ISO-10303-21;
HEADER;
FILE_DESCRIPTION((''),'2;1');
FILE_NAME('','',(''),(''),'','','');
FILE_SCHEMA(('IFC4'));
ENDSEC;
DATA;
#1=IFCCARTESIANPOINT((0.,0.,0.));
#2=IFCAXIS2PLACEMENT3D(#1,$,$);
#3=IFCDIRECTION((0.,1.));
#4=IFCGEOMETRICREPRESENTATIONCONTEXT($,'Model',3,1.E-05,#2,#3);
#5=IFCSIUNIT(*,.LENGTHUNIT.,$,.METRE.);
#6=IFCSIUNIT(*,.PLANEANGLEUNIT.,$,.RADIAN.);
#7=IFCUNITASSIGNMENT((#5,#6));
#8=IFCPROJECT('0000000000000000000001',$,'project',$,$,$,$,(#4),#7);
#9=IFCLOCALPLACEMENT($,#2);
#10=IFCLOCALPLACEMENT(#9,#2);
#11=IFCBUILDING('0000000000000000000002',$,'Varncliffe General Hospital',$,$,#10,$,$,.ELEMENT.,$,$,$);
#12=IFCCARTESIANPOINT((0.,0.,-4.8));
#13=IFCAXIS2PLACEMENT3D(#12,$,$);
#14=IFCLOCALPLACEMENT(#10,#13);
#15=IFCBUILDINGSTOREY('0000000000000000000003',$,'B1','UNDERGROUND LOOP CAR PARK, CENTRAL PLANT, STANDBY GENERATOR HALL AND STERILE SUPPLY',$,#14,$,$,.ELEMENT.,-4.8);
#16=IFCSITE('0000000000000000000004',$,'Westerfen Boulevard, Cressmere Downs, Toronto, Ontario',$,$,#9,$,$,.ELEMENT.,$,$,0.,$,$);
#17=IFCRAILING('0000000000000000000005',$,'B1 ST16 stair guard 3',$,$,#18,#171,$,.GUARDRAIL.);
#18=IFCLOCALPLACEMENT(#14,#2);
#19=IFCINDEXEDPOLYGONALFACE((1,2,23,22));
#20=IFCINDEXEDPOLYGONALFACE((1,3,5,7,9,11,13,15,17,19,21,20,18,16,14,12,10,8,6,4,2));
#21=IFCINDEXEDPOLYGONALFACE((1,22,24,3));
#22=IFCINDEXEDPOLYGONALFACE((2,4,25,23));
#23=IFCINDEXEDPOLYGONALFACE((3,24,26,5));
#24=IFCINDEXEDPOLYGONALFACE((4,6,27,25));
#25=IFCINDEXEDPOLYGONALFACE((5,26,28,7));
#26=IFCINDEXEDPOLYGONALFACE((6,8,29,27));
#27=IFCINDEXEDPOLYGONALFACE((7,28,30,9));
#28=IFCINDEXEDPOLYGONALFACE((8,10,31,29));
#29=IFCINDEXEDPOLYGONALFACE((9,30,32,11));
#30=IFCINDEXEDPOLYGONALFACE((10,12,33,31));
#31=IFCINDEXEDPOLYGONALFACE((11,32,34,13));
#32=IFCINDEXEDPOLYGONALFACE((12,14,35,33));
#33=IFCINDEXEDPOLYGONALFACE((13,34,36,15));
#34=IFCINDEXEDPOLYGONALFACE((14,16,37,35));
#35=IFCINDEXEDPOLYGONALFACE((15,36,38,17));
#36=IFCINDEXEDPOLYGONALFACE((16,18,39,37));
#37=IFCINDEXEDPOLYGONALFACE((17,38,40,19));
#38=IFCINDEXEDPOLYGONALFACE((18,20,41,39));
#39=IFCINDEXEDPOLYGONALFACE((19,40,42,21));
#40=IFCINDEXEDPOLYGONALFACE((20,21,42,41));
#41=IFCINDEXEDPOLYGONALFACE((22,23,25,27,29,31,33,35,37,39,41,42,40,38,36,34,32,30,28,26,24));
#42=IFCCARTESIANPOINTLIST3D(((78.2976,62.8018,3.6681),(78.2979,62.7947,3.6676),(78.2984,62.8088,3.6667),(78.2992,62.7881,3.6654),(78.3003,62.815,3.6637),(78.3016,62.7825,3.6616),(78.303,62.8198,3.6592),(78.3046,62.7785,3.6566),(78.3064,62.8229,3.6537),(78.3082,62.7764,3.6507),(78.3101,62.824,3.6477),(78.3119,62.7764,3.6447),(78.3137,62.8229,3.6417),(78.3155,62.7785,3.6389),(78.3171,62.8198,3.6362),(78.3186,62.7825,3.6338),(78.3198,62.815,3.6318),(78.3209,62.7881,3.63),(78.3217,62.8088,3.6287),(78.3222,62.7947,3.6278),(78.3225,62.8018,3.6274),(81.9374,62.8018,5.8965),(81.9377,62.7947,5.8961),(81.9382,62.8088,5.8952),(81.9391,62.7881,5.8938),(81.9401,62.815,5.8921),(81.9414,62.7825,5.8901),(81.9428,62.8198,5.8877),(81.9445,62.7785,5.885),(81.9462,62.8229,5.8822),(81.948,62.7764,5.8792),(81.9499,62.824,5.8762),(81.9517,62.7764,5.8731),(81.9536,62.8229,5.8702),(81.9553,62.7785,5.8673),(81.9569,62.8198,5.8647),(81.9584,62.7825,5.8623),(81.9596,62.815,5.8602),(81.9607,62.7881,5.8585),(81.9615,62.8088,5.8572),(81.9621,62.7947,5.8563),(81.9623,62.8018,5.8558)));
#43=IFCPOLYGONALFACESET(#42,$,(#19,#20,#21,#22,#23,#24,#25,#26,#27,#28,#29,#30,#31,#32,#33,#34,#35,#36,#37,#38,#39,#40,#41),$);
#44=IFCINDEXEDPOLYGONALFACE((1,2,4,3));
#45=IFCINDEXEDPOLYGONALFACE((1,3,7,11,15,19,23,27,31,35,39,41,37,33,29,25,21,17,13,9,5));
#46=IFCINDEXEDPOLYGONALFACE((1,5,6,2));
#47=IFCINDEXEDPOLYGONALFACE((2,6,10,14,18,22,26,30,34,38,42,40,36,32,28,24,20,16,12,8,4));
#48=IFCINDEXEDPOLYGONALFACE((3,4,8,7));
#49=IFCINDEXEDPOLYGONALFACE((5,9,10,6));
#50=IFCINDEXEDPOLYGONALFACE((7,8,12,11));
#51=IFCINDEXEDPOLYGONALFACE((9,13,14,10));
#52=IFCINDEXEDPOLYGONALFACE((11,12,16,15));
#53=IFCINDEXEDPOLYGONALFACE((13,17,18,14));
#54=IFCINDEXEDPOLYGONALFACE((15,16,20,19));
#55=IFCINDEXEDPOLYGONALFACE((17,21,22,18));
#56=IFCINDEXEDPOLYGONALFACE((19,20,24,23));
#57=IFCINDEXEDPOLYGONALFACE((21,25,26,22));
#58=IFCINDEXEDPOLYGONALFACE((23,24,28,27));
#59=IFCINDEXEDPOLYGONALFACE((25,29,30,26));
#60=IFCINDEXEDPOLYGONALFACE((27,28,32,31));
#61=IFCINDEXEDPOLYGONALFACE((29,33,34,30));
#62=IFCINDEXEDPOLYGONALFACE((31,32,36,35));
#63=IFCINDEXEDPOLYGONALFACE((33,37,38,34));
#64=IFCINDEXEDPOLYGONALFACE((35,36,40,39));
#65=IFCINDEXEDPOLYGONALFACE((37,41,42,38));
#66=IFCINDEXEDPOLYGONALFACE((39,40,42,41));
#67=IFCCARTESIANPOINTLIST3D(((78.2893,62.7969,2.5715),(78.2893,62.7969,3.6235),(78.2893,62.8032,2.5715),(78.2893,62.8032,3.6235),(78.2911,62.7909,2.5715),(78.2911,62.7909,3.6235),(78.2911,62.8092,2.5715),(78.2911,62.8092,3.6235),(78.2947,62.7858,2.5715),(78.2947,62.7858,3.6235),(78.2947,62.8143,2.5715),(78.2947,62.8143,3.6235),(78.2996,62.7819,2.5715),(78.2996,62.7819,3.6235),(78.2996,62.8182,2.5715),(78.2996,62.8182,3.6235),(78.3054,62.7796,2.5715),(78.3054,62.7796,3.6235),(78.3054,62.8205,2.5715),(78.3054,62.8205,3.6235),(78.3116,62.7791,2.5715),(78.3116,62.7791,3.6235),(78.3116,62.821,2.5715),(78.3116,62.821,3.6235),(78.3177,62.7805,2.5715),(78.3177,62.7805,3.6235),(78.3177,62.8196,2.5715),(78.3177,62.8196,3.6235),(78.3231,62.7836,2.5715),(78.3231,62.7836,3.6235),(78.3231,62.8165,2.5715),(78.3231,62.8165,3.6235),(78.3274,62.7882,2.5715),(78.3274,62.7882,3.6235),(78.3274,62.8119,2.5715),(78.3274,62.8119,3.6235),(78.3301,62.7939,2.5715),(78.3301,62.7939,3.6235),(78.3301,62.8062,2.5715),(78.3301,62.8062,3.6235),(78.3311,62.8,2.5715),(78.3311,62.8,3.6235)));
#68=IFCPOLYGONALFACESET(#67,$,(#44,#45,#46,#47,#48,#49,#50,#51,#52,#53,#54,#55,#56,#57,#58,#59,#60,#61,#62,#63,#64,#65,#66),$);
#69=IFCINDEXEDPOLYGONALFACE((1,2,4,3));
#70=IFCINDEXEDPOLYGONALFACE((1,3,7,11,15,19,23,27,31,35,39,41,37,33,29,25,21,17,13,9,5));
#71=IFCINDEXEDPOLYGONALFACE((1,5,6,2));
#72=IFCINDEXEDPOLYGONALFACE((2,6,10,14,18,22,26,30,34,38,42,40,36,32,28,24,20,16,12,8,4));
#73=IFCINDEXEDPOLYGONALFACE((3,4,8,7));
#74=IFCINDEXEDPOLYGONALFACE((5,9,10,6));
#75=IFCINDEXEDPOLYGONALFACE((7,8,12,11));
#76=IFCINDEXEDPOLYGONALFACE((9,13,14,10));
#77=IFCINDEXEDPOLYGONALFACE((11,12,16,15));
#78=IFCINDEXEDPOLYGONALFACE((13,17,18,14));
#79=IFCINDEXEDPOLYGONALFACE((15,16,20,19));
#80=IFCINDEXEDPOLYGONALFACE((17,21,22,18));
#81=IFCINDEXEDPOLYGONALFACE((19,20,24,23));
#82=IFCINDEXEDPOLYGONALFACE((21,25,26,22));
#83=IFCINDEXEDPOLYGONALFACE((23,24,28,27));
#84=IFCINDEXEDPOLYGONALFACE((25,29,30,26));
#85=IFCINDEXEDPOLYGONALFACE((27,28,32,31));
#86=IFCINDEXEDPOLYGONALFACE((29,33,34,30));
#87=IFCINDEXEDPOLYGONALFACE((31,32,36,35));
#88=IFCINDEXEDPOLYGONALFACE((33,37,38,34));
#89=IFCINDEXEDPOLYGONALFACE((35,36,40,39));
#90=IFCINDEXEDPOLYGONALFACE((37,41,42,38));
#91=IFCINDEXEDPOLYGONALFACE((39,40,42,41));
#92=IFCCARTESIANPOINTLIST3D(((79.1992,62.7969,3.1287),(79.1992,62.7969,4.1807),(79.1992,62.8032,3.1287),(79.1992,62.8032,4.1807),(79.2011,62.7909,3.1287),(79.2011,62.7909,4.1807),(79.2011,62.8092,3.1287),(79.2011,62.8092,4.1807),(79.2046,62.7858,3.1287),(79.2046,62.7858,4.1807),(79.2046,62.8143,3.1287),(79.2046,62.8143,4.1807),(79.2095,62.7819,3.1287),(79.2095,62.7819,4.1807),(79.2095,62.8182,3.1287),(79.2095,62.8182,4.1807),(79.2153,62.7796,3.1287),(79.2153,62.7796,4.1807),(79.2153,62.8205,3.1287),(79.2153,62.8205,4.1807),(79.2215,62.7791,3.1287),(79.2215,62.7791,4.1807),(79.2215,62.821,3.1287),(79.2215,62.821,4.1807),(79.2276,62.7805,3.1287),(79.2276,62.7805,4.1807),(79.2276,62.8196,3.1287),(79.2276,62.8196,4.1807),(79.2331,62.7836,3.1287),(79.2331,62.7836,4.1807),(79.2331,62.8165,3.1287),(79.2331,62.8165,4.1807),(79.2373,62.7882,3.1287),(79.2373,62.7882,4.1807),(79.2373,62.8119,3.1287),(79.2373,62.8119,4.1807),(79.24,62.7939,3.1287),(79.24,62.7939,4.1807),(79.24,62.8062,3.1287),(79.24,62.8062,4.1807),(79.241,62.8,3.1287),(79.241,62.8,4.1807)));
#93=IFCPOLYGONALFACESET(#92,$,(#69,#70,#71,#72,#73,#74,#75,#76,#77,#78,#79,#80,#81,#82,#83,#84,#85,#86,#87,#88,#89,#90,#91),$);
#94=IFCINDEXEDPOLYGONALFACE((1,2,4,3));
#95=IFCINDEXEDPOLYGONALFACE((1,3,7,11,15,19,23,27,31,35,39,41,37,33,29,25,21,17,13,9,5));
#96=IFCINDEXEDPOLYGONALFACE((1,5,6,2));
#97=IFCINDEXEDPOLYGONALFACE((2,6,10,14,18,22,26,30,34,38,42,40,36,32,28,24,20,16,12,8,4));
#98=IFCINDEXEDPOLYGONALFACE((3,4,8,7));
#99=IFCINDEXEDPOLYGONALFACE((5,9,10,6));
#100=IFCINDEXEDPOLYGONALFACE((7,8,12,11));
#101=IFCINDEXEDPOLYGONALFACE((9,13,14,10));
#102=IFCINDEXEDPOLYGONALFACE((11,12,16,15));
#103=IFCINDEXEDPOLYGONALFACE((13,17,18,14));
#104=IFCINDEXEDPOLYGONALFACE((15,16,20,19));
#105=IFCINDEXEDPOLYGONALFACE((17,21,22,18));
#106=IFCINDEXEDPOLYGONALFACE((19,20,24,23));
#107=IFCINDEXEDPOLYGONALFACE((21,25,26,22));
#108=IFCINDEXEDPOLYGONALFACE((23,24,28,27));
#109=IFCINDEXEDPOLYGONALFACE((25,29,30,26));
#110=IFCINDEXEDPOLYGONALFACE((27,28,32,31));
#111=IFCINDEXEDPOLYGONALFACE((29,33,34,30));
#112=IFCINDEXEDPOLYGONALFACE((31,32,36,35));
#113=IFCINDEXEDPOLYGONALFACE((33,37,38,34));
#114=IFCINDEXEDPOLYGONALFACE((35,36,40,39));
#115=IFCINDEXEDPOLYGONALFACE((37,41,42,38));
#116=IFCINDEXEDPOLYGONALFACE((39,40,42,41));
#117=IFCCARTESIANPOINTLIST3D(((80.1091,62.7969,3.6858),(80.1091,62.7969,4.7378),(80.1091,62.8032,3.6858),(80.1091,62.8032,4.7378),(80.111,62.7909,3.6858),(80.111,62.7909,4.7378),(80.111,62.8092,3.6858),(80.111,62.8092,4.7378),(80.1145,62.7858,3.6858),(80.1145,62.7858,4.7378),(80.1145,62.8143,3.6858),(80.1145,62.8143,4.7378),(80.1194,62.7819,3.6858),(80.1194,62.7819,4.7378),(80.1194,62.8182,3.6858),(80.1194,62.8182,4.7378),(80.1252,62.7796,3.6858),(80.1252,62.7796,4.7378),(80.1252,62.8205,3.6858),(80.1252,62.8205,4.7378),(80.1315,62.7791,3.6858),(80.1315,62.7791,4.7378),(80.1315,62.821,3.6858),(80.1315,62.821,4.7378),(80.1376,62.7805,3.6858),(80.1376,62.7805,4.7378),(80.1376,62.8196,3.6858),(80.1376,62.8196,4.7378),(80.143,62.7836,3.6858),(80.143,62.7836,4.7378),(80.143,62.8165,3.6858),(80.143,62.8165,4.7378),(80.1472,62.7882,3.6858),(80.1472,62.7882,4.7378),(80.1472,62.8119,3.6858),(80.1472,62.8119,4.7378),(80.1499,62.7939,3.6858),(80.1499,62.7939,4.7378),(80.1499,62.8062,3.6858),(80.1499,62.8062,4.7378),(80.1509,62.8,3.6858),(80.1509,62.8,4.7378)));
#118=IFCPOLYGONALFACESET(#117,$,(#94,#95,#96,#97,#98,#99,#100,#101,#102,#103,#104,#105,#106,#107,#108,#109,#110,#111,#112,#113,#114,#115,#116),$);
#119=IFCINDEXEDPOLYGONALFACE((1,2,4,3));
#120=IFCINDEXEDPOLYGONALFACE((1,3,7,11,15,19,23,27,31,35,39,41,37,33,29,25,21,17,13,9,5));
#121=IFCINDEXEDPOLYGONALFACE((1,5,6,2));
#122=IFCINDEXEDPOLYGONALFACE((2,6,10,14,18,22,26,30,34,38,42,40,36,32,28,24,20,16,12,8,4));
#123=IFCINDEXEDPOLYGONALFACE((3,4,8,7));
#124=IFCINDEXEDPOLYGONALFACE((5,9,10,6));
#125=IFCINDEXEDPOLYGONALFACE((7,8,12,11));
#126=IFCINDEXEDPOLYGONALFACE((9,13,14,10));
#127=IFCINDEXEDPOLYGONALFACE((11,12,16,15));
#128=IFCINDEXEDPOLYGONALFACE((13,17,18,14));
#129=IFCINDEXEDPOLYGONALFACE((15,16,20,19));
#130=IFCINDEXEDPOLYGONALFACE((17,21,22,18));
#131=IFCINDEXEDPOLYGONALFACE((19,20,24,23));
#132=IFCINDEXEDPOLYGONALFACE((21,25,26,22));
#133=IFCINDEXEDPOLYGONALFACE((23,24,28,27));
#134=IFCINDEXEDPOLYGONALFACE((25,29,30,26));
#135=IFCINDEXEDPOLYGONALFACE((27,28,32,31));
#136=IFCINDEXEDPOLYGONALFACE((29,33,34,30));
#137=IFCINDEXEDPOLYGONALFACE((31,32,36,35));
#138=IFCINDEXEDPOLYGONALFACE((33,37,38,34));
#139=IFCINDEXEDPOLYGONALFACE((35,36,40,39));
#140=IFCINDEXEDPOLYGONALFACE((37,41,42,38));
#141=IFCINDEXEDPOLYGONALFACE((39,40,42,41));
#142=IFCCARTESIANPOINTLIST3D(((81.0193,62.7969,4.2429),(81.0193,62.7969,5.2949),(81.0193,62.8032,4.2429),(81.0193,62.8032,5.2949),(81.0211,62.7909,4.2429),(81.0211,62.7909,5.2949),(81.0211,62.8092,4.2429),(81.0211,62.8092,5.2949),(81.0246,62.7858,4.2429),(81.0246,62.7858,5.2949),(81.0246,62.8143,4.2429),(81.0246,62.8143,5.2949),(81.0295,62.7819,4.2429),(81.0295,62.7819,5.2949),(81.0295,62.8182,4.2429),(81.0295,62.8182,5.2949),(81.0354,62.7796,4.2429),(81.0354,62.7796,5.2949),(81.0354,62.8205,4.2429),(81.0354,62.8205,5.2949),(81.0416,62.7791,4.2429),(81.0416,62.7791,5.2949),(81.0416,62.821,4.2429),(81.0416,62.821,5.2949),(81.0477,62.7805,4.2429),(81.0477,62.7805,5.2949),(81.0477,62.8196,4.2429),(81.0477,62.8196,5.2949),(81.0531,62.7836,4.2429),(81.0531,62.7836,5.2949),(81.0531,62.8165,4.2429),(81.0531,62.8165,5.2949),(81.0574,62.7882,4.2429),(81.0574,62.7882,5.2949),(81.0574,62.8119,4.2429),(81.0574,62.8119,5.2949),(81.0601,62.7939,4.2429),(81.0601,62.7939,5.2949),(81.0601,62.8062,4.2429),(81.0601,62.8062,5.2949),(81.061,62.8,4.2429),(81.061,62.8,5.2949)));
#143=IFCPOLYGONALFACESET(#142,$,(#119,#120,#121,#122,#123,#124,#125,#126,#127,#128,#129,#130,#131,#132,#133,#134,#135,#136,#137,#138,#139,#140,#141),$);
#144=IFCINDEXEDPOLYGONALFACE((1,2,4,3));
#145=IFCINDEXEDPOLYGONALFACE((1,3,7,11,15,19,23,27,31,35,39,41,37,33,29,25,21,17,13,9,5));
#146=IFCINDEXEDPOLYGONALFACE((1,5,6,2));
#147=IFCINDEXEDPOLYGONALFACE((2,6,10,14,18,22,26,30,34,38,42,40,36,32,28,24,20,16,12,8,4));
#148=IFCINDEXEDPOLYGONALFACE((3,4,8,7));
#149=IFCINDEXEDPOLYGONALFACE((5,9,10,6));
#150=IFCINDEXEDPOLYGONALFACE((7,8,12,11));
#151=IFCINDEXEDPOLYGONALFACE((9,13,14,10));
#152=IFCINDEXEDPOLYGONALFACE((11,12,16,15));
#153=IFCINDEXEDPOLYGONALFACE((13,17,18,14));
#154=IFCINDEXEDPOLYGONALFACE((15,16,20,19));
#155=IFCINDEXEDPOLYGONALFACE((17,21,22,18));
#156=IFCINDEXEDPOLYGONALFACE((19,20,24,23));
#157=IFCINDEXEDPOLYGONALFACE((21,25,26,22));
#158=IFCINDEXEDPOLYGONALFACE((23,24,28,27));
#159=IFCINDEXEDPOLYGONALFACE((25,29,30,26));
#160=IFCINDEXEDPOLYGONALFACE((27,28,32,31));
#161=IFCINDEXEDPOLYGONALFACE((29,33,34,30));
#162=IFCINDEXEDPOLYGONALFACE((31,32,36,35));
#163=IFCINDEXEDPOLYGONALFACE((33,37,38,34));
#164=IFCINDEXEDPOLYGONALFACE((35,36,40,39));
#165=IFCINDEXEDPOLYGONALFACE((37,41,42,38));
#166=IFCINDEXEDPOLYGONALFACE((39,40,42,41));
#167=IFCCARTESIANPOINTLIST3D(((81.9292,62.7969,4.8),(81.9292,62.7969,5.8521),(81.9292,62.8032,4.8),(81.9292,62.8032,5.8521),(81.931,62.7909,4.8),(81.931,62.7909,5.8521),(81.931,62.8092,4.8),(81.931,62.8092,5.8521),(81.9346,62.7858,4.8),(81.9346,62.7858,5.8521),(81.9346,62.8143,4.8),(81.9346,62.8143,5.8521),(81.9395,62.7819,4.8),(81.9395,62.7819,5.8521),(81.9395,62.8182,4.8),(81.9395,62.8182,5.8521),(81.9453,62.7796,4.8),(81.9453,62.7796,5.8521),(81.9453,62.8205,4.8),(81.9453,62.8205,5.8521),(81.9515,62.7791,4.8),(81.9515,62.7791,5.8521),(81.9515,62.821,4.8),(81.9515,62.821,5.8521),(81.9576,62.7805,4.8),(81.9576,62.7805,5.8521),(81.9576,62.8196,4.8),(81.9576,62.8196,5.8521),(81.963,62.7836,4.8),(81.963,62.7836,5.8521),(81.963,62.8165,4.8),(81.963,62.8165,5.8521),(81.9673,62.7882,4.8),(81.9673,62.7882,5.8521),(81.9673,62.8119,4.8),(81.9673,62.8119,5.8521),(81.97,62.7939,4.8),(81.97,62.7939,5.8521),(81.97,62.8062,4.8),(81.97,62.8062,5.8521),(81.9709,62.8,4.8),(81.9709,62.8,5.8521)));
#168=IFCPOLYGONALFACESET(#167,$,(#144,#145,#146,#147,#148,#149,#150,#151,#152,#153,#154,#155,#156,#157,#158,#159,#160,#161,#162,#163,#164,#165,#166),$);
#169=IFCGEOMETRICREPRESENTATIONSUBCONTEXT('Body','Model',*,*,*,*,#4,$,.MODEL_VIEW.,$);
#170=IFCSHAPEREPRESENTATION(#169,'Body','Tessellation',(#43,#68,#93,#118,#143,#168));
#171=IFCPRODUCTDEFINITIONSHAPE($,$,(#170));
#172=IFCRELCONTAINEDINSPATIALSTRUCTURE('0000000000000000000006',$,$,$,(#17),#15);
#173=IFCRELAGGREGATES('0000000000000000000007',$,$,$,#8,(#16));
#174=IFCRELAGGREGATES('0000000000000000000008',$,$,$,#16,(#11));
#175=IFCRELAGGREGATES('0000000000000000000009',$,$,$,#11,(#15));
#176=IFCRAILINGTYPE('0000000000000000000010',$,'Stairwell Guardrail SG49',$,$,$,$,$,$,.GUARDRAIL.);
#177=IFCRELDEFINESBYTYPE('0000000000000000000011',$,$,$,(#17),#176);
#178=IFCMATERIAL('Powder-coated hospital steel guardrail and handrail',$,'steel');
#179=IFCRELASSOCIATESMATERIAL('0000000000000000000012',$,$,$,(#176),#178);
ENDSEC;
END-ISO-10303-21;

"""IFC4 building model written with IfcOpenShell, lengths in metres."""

from ifc_helpers import new_model, si_unit, direction, frame, origin, origin_2d, place, context, subcontext, project, spatial, circle, extrude, material, type_object, element, save


model = new_model("IFC4")

# Units and contexts
model_context = context("Model", 3, precision=1e-05, world=origin(), true_north=direction((0.0, 1.0)))
body_context = subcontext(model_context, "Body", "Model", "MODEL_VIEW")
ifc_project = project(units=[si_unit("LENGTHUNIT", "METRE"), si_unit("PLANEANGLEUNIT", "RADIAN")], contexts=[model_context])

# Site, building, storey
site_placement = place(None, origin())
site = spatial("IfcSite", under=ifc_project, at=site_placement, Name="Westerfen Boulevard, Cressmere Downs, Toronto, Ontario", CompositionType="ELEMENT", RefElevation=0.0)
building_placement = place(site_placement, origin())
building = spatial("IfcBuilding", under=site, at=building_placement, Name="Varncliffe General Hospital", CompositionType="ELEMENT")
storey_placement = place(building_placement, frame((0.0, 0.0, -4.8)))
storey = spatial("IfcBuildingStorey", under=building, at=storey_placement, Name="B1", Description="UNDERGROUND LOOP CAR PARK, CENTRAL PLANT, STANDBY GENERATOR HALL AND STERILE SUPPLY", CompositionType="ELEMENT", Elevation=-4.8)

# Railing
ifc_material_1 = material(Name="Powder-coated hospital steel guardrail and handrail", Category="steel")
railing_type_1 = type_object("IfcRailingType", Name="Stairwell Guardrail SG49", PredefinedType="GUARDRAIL", material=ifc_material_1)
railing_1_placement = place(storey_placement, frame((78.3101, 62.8, 2.5715)))
element("IfcRailing", 1, at=railing_1_placement, inside=storey, type_object=railing_type_1, Name="B1 ST16 stair guard 3", PredefinedType="GUARDRAIL", context=body_context, shape_type="SweptSolid", body=[
    extrude(circle(Radius=0.0239, at=origin_2d()), frame((0.0, 0.0, 1.0762), z_axis=(0.85285, 0.0, 0.522156), x_axis=(0.0, 1.0, 0.0)), (0.0, 0.0, 1.0), 4.2678),
    extrude(circle(Radius=0.021, at=origin_2d()), origin(), (0.0, 0.0, 1.0), 1.052),
    extrude(circle(Radius=0.021, at=origin_2d()), frame((0.9099, 0.0, 0.5571)), (0.0, 0.0, 1.0), 1.052),
    extrude(circle(Radius=0.021, at=origin_2d()), frame((1.8198, 0.0, 1.1143)), (0.0, 0.0, 1.0), 1.052),
    extrude(circle(Radius=0.021, at=origin_2d()), frame((2.73, 0.0, 1.6714)), (0.0, 0.0, 1.0), 1.052),
    extrude(circle(Radius=0.021, at=origin_2d()), frame((3.6399, 0.0, 2.2285)), (0.0, 0.0, 1.0), 1.052),
])

save(model, "model.ifc")
